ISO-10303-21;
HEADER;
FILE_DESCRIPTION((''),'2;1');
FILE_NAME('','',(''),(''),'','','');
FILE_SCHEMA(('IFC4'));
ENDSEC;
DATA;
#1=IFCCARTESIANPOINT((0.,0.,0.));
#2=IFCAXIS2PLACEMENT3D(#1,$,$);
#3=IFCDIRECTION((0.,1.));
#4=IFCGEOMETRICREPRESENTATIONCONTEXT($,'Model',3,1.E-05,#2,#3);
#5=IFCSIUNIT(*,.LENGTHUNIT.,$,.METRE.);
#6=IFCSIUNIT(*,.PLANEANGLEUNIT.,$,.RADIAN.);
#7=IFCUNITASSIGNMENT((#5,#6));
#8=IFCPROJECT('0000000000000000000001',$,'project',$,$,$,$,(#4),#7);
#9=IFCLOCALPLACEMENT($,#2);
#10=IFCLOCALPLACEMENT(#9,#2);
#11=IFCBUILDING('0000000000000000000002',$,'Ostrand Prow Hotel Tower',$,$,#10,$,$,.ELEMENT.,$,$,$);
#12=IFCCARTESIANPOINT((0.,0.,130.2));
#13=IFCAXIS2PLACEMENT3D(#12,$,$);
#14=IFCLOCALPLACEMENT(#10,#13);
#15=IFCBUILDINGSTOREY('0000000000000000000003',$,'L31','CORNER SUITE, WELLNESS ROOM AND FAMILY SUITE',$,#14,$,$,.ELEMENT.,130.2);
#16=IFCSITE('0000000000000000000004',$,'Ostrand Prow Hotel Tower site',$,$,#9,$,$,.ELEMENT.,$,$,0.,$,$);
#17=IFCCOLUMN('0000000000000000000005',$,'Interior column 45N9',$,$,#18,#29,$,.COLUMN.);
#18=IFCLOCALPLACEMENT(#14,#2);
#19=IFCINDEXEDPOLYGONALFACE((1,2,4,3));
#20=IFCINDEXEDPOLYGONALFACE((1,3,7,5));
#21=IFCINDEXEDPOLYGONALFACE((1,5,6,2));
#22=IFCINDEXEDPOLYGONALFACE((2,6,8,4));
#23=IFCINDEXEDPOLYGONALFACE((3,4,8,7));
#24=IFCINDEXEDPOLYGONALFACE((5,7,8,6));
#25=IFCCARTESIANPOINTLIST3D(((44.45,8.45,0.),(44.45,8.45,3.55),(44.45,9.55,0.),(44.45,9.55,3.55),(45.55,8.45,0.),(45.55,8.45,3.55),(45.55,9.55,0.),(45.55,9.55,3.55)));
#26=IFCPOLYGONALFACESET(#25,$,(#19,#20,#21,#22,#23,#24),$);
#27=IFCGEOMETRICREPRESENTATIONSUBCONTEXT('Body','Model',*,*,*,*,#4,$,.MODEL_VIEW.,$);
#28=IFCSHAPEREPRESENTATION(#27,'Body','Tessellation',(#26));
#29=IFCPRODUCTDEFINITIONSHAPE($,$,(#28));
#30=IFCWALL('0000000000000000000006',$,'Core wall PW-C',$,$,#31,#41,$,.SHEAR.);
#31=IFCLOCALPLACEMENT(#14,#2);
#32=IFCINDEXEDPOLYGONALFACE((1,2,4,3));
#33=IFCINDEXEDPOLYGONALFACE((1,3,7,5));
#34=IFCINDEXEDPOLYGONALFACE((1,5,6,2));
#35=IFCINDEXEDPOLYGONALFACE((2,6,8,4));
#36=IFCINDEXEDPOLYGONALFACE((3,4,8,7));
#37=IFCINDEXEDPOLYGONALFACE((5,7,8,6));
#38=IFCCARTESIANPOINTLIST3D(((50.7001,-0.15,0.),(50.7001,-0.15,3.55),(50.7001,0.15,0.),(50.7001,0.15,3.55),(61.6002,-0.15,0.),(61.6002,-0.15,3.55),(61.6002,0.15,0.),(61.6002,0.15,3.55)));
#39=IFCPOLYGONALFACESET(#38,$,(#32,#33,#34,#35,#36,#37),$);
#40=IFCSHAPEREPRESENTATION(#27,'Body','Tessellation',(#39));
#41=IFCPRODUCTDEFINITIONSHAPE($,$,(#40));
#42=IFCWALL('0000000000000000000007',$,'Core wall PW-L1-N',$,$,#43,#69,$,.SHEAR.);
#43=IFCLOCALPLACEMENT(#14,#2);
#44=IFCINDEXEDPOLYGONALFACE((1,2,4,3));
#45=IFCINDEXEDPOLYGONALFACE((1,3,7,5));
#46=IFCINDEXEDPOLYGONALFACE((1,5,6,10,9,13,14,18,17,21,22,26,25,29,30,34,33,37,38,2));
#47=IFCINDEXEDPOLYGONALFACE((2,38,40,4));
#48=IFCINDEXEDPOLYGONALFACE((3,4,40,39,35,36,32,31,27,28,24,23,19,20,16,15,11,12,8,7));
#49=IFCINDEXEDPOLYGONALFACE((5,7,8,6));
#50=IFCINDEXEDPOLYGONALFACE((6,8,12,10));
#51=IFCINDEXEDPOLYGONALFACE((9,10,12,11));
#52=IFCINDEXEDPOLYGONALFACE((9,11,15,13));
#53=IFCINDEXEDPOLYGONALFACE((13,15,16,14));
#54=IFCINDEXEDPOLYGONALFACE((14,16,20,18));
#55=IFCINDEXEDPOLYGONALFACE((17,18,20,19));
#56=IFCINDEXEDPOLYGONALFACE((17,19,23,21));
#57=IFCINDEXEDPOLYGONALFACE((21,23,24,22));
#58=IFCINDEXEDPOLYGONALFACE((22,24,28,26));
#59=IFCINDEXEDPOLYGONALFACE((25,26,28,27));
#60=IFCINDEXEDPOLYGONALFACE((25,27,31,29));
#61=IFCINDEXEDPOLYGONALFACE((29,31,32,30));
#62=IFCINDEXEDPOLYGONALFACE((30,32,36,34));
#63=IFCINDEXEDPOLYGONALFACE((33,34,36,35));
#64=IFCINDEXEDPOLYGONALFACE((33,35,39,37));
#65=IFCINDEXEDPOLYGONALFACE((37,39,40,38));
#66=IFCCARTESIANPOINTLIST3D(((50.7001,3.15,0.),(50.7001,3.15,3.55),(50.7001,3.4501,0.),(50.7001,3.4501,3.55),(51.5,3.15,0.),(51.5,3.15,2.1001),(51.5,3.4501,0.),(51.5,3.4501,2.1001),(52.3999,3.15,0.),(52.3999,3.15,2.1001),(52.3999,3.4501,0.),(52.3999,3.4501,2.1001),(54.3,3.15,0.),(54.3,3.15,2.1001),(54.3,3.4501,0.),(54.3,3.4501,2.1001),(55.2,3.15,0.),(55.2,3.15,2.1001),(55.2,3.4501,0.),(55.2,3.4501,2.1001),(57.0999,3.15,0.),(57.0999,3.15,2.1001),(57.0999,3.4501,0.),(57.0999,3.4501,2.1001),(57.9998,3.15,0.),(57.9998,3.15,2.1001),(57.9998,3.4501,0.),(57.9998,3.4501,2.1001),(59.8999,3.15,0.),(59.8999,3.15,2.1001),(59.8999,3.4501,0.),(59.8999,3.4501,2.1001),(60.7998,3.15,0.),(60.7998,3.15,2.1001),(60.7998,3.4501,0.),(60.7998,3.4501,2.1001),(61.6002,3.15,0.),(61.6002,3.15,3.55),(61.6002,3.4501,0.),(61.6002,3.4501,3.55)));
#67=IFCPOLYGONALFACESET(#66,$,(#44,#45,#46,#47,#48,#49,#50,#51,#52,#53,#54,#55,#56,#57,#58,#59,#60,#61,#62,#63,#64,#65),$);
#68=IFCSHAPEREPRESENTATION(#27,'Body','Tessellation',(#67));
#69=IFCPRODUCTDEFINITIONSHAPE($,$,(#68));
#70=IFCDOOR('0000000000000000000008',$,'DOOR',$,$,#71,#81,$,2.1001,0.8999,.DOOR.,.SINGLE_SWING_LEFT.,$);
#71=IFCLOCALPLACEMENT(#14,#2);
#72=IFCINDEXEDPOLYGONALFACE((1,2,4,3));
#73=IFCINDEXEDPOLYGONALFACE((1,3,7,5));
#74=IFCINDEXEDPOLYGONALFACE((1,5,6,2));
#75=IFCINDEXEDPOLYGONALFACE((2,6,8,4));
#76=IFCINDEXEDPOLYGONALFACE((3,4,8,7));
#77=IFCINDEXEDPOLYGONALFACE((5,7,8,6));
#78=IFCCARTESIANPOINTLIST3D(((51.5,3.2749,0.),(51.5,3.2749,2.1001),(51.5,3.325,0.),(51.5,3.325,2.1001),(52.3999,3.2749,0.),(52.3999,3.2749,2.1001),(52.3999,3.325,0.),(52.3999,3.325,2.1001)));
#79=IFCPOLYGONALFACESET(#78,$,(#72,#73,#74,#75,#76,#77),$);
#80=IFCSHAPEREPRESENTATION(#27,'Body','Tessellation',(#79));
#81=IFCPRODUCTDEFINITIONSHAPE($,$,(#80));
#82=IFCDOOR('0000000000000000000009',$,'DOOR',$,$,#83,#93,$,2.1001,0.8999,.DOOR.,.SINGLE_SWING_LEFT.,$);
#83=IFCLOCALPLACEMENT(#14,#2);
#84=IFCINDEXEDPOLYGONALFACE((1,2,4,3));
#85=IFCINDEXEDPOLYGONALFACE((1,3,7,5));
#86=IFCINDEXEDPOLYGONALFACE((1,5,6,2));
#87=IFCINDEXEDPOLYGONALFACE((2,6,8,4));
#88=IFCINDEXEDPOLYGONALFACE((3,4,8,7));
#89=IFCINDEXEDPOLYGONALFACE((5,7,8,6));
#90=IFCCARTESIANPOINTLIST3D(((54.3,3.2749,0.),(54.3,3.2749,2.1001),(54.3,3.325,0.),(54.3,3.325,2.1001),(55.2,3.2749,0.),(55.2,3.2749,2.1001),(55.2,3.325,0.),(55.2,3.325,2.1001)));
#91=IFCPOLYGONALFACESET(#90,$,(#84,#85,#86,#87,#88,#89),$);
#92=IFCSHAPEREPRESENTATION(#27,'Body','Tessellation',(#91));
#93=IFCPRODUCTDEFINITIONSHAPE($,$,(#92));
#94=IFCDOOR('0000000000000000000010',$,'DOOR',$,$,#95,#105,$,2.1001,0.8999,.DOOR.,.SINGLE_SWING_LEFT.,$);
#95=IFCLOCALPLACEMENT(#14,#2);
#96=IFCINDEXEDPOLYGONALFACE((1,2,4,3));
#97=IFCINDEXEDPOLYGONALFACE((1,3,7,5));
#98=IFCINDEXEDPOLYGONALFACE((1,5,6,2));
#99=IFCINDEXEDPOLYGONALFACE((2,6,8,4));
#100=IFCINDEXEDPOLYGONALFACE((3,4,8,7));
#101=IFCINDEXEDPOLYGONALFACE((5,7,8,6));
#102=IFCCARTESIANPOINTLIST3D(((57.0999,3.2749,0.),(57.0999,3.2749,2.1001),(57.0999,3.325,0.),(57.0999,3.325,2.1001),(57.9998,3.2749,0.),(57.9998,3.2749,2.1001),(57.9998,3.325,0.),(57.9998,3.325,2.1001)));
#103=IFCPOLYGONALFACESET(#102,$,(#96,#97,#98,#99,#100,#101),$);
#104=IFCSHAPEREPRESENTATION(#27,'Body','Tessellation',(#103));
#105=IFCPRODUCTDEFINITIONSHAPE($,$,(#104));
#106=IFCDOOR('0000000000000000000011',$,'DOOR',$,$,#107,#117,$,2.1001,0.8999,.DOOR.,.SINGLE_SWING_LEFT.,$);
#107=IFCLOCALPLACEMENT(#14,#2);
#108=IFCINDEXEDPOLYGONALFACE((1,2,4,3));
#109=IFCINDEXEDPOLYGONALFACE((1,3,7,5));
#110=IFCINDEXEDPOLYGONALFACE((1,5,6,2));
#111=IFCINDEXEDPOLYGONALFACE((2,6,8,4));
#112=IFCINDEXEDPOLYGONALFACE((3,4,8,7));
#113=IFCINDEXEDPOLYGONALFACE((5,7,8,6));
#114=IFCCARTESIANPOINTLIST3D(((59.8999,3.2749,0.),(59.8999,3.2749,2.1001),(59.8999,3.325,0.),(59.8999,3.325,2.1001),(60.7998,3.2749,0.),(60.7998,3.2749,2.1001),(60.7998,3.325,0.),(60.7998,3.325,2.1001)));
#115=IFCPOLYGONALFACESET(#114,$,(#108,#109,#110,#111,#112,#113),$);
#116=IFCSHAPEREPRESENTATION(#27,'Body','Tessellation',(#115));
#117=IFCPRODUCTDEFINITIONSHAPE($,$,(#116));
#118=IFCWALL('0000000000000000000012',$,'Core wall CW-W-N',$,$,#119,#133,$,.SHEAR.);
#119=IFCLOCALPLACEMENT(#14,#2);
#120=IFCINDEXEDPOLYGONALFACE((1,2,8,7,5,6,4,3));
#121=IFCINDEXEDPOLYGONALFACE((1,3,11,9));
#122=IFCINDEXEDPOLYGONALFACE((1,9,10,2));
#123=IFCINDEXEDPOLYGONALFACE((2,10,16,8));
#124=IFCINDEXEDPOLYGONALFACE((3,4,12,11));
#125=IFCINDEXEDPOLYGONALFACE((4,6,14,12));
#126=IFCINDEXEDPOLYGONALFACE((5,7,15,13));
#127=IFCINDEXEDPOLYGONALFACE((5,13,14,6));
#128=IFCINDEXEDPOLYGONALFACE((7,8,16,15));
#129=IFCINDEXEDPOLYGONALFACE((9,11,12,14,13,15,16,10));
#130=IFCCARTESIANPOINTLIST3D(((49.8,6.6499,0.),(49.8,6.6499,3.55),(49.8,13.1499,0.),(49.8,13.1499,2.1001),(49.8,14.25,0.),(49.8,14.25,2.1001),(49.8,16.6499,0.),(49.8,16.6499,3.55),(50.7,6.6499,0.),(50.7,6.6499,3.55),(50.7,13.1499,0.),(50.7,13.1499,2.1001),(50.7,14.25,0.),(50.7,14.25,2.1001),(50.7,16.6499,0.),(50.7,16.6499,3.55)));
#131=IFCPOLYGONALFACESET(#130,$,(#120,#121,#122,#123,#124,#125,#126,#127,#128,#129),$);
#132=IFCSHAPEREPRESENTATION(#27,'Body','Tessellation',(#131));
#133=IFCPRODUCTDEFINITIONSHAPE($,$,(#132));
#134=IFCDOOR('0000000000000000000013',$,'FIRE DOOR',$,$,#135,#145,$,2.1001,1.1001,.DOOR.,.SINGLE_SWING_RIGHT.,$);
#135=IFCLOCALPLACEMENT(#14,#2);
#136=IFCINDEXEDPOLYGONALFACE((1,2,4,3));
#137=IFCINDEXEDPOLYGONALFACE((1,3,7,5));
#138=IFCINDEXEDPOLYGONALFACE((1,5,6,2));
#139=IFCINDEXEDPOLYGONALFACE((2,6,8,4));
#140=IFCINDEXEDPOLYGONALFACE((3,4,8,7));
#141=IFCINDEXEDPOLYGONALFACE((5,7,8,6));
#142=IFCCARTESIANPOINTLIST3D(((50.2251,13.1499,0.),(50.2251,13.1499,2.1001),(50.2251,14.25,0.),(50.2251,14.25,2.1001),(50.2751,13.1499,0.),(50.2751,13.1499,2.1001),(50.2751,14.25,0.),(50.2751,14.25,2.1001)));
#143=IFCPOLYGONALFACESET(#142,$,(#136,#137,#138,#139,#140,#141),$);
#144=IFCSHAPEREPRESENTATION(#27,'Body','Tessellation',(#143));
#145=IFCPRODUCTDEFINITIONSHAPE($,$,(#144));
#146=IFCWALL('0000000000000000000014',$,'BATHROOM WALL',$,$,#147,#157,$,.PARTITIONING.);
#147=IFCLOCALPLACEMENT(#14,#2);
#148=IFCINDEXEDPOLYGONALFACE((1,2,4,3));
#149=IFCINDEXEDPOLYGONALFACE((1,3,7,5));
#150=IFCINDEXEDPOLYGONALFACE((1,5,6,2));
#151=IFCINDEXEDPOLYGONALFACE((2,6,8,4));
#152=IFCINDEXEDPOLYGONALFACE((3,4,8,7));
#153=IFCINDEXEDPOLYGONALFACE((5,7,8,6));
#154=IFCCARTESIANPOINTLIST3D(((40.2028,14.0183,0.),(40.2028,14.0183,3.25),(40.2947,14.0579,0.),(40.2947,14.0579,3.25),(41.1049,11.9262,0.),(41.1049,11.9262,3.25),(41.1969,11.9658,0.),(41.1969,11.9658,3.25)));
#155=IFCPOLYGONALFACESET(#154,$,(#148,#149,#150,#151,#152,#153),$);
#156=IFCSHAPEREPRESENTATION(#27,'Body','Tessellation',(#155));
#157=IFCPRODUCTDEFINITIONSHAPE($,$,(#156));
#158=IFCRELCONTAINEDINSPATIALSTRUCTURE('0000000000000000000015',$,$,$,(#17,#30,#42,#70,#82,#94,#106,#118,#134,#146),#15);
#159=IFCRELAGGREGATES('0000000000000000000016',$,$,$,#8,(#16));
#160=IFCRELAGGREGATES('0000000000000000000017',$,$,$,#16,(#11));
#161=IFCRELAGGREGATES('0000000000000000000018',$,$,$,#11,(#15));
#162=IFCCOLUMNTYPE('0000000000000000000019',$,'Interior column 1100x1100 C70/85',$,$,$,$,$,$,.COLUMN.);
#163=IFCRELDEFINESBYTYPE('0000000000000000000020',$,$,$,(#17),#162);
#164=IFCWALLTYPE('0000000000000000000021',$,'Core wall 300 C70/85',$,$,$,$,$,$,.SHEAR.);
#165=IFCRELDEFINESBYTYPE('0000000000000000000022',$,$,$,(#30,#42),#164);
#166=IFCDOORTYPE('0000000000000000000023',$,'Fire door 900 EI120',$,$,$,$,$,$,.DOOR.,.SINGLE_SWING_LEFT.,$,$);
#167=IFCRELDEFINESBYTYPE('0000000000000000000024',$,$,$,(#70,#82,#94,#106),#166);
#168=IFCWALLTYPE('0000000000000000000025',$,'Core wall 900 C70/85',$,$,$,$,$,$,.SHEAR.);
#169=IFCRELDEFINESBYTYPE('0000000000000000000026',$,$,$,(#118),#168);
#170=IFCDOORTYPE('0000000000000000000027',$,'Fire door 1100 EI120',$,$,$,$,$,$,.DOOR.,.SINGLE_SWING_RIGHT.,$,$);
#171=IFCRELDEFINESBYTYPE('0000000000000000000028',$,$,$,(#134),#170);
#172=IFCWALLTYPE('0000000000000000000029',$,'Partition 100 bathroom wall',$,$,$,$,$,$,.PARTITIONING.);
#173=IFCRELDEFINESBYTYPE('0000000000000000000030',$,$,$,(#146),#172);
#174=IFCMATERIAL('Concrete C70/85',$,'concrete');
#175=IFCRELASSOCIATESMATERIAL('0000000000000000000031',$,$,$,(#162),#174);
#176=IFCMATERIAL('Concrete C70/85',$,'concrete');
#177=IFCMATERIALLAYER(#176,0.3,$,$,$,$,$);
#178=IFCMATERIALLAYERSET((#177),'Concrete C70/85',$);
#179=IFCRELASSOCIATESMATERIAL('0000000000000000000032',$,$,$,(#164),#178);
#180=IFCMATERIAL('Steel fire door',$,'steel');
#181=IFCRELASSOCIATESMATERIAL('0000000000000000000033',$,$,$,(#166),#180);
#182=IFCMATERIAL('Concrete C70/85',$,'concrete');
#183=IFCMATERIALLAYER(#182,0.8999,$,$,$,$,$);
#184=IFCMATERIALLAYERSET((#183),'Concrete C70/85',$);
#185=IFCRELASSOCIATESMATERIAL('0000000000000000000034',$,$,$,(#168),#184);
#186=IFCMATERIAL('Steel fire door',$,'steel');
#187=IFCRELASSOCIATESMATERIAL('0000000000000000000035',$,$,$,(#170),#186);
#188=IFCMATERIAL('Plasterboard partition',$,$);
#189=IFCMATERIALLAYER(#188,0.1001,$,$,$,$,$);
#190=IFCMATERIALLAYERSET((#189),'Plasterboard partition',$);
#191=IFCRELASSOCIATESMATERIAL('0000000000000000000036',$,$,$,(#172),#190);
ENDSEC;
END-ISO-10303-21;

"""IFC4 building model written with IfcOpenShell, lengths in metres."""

from ifc_helpers import new_model, si_unit, direction, frame, frame_2d, origin, origin_2d, place, context, subcontext, project, spatial, rectangle, extrude, material, layer, layer_set, material_profile, profile_set, type_object, element, fill, save


model = new_model("IFC4")

# Units and contexts
model_context = context("Model", 3, precision=1e-05, world=origin(), true_north=direction((0.0, 1.0)))
body_context = subcontext(model_context, "Body", "Model", "MODEL_VIEW")
ifc_project = project(units=[si_unit("LENGTHUNIT", "METRE"), si_unit("PLANEANGLEUNIT", "RADIAN")], contexts=[model_context])

# Site, building, storey
site_placement = place(None, origin())
site = spatial("IfcSite", under=ifc_project, at=site_placement, Name="Ostrand Prow Hotel Tower site", CompositionType="ELEMENT", RefElevation=0.0)
building_placement = place(site_placement, origin())
building = spatial("IfcBuilding", under=site, at=building_placement, Name="Ostrand Prow Hotel Tower", CompositionType="ELEMENT")
storey_placement = place(building_placement, frame((0.0, 0.0, 130.2)))
storey = spatial("IfcBuildingStorey", under=building, at=storey_placement, Name="L31", Description="CORNER SUITE, WELLNESS ROOM AND FAMILY SUITE", CompositionType="ELEMENT", Elevation=130.2)

# Column
ifc_material_1 = material(Name="Concrete C70/85", Category="concrete")
ifc_material_profile = material_profile(ifc_material_1, rectangle(XDim=1.1001, YDim=1.1001, at=origin_2d()), Name="RC 1100x1100")
ifc_profile_set = profile_set([ifc_material_profile], Name="Concrete C70/85")
column_type = type_object("IfcColumnType", Name="Interior column 1100x1100 C70/85", PredefinedType="COLUMN", material=ifc_profile_set)
column_placement = place(storey_placement, frame((45.0, 9.0, 0.0), z_axis=(0.0, 0.0, 1.0), x_axis=(1.0, 0.0, 0.0)))
element("IfcColumn", 1, at=column_placement, inside=storey, type_object=column_type, Name="Interior column 45N9", PredefinedType="COLUMN", context=body_context, shape_type="SweptSolid", body=[
    extrude(rectangle(XDim=1.1001, YDim=1.1001, at=origin_2d()), origin(), (0.0, 0.0, 1.0), 3.55),
])

# Wall
ifc_material_2 = material(Name="Concrete C70/85", Category="concrete")
ifc_layer_1 = layer(ifc_material_2, 0.3)
ifc_layer_set_1 = layer_set([ifc_layer_1], Name="Concrete C70/85")
wall_type_1 = type_object("IfcWallType", Name="Core wall 300 C70/85", PredefinedType="SHEAR", material=ifc_layer_set_1)
wall_1_placement = place(storey_placement, frame((50.7, 0.0, 0.0), z_axis=(0.0, 0.0, 1.0), x_axis=(1.0, 0.0, 0.0)))
element("IfcWall", 2, at=wall_1_placement, inside=storey, type_object=wall_type_1, Name="Core wall PW-C", PredefinedType="SHEAR", context=body_context, shape_type="SweptSolid", body=[
    extrude(rectangle(XDim=10.9001, YDim=0.3, at=frame_2d((5.4502, 0.0))), origin(), (0.0, 0.0, 1.0), 3.55),
])

# Wall, openings, doors
wall_2_placement = place(storey_placement, frame((50.7, 3.3, 0.0), z_axis=(0.0, 0.0, 1.0), x_axis=(1.0, 0.0, 0.0)))
wall_2 = element("IfcWall", 3, at=wall_2_placement, inside=storey, type_object=wall_type_1, Name="Core wall PW-L1-N", PredefinedType="SHEAR", context=body_context, shape_type="SweptSolid", body=[
    extrude(rectangle(XDim=10.9001, YDim=0.3, at=frame_2d((5.4502, 0.0))), origin(), (0.0, 0.0, 1.0), 3.55),
])
opening_1_placement = place(wall_2_placement, frame((0.8, 0.0, 0.0)))
opening_1 = element("IfcOpeningElement", 4, at=opening_1_placement, cuts=wall_2, PredefinedType="OPENING", context=body_context, shape_type="SweptSolid", body=[
    extrude(rectangle(XDim=0.8999, YDim=2.1001, at=frame_2d((0.45, 1.05))), frame((0.0, 0.1599, 0.0), z_axis=(0.0, -1.0, 0.0), x_axis=(1.0, 0.0, 0.0)), (0.0, 0.0, 1.0), 0.3201),
])
opening_2_placement = place(wall_2_placement, frame((3.6001, 0.0, 0.0)))
opening_2 = element("IfcOpeningElement", 5, at=opening_2_placement, cuts=wall_2, PredefinedType="OPENING", context=body_context, shape_type="SweptSolid", body=[
    extrude(rectangle(XDim=0.8999, YDim=2.1001, at=frame_2d((0.45, 1.05))), frame((0.0, 0.1599, 0.0), z_axis=(0.0, -1.0, 0.0), x_axis=(1.0, 0.0, 0.0)), (0.0, 0.0, 1.0), 0.3201),
])
opening_3_placement = place(wall_2_placement, frame((6.3999, 0.0, 0.0)))
opening_3 = element("IfcOpeningElement", 6, at=opening_3_placement, cuts=wall_2, PredefinedType="OPENING", context=body_context, shape_type="SweptSolid", body=[
    extrude(rectangle(XDim=0.8999, YDim=2.1001, at=frame_2d((0.45, 1.05))), frame((0.0, 0.1599, 0.0), z_axis=(0.0, -1.0, 0.0), x_axis=(1.0, 0.0, 0.0)), (0.0, 0.0, 1.0), 0.3201),
])
opening_4_placement = place(wall_2_placement, frame((9.2, 0.0, 0.0)))
opening_4 = element("IfcOpeningElement", 7, at=opening_4_placement, cuts=wall_2, PredefinedType="OPENING", context=body_context, shape_type="SweptSolid", body=[
    extrude(rectangle(XDim=0.8999, YDim=2.1001, at=frame_2d((0.45, 1.05))), frame((0.0, 0.1599, 0.0), z_axis=(0.0, -1.0, 0.0), x_axis=(1.0, 0.0, 0.0)), (0.0, 0.0, 1.0), 0.3201),
])
ifc_material_3 = material(Name="Steel fire door", Category="steel")
door_type_1 = type_object("IfcDoorType", Name="Fire door 900 EI120", OperationType="SINGLE_SWING_LEFT", PredefinedType="DOOR", material=ifc_material_3)
door_1_placement = place(opening_1_placement, origin())
door_1 = element("IfcDoor", 8, at=door_1_placement, inside=storey, type_object=door_type_1, Name="DOOR", OperationType="SINGLE_SWING_LEFT", OverallHeight=2.1001, OverallWidth=0.8999, PredefinedType="DOOR", context=body_context, shape_type="SweptSolid", body=[
    extrude(rectangle(XDim=0.8999, YDim=2.1001, at=frame_2d((0.45, 1.05))), frame((0.0, 0.0249, 0.0), z_axis=(0.0, -1.0, 0.0), x_axis=(1.0, 0.0, 0.0)), (0.0, 0.0, 1.0), 0.05),
])
fill(opening_1, door_1)
door_2_placement = place(opening_2_placement, origin())
door_2 = element("IfcDoor", 9, at=door_2_placement, inside=storey, type_object=door_type_1, Name="DOOR", OperationType="SINGLE_SWING_LEFT", OverallHeight=2.1001, OverallWidth=0.8999, PredefinedType="DOOR", context=body_context, shape_type="SweptSolid", body=[
    extrude(rectangle(XDim=0.8999, YDim=2.1001, at=frame_2d((0.45, 1.05))), frame((0.0, 0.0249, 0.0), z_axis=(0.0, -1.0, 0.0), x_axis=(1.0, 0.0, 0.0)), (0.0, 0.0, 1.0), 0.05),
])
fill(opening_2, door_2)
door_3_placement = place(opening_3_placement, origin())
door_3 = element("IfcDoor", 10, at=door_3_placement, inside=storey, type_object=door_type_1, Name="DOOR", OperationType="SINGLE_SWING_LEFT", OverallHeight=2.1001, OverallWidth=0.8999, PredefinedType="DOOR", context=body_context, shape_type="SweptSolid", body=[
    extrude(rectangle(XDim=0.8999, YDim=2.1001, at=frame_2d((0.45, 1.05))), frame((0.0, 0.0249, 0.0), z_axis=(0.0, -1.0, 0.0), x_axis=(1.0, 0.0, 0.0)), (0.0, 0.0, 1.0), 0.05),
])
fill(opening_3, door_3)
door_4_placement = place(opening_4_placement, origin())
door_4 = element("IfcDoor", 11, at=door_4_placement, inside=storey, type_object=door_type_1, Name="DOOR", OperationType="SINGLE_SWING_LEFT", OverallHeight=2.1001, OverallWidth=0.8999, PredefinedType="DOOR", context=body_context, shape_type="SweptSolid", body=[
    extrude(rectangle(XDim=0.8999, YDim=2.1001, at=frame_2d((0.45, 1.05))), frame((0.0, 0.0249, 0.0), z_axis=(0.0, -1.0, 0.0), x_axis=(1.0, 0.0, 0.0)), (0.0, 0.0, 1.0), 0.05),
])
fill(opening_4, door_4)

# Wall, opening, door
ifc_material_4 = material(Name="Concrete C70/85", Category="concrete")
ifc_layer_2 = layer(ifc_material_4, 0.8999)
ifc_layer_set_2 = layer_set([ifc_layer_2], Name="Concrete C70/85")
wall_type_2 = type_object("IfcWallType", Name="Core wall 900 C70/85", PredefinedType="SHEAR", material=ifc_layer_set_2)
wall_3_placement = place(storey_placement, frame((50.25, 6.6499, 0.0), z_axis=(0.0, 0.0, 1.0), x_axis=(0.0, 1.0, 0.0)))
wall_3 = element("IfcWall", 12, at=wall_3_placement, inside=storey, type_object=wall_type_2, Name="Core wall CW-W-N", PredefinedType="SHEAR", context=body_context, shape_type="SweptSolid", body=[
    extrude(rectangle(XDim=10.0, YDim=0.8999, at=frame_2d((5.0, 0.0))), origin(), (0.0, 0.0, 1.0), 3.55),
])
opening_5_placement = place(wall_3_placement, frame((6.5, 0.0, 0.0)))
opening_5 = element("IfcOpeningElement", 13, at=opening_5_placement, cuts=wall_3, PredefinedType="OPENING", context=body_context, shape_type="SweptSolid", body=[
    extrude(rectangle(XDim=1.1001, YDim=2.1001, at=frame_2d((0.55, 1.05))), frame((0.0, 0.46, 0.0), z_axis=(0.0, -1.0, 0.0), x_axis=(1.0, 0.0, 0.0)), (0.0, 0.0, 1.0), 0.9199),
])
ifc_material_5 = material(Name="Steel fire door", Category="steel")
door_type_2 = type_object("IfcDoorType", Name="Fire door 1100 EI120", OperationType="SINGLE_SWING_RIGHT", PredefinedType="DOOR", material=ifc_material_5)
door_5_placement = place(opening_5_placement, origin())
door_5 = element("IfcDoor", 14, at=door_5_placement, inside=storey, type_object=door_type_2, Name="FIRE DOOR", OperationType="SINGLE_SWING_RIGHT", OverallHeight=2.1001, OverallWidth=1.1001, PredefinedType="DOOR", context=body_context, shape_type="SweptSolid", body=[
    extrude(rectangle(XDim=1.1001, YDim=2.1001, at=frame_2d((0.55, 1.05))), frame((0.0, 0.0249, 0.0), z_axis=(0.0, -1.0, 0.0), x_axis=(1.0, 0.0, 0.0)), (0.0, 0.0, 1.0), 0.05),
])
fill(opening_5, door_5)

# Wall
ifc_material_6 = material(Name="Plasterboard partition")
ifc_layer_3 = layer(ifc_material_6, 0.1001)
ifc_layer_set_3 = layer_set([ifc_layer_3], Name="Plasterboard partition")
wall_type_3 = type_object("IfcWallType", Name="Partition 100 bathroom wall", PredefinedType="PARTITIONING", material=ifc_layer_set_3)
wall_4_placement = place(storey_placement, frame((40.2488, 14.0381, 0.0), z_axis=(0.0, 0.0, 1.0), x_axis=(0.395962, -0.918267, 0.0)))
element("IfcWall", 15, at=wall_4_placement, inside=storey, type_object=wall_type_3, Name="BATHROOM WALL", PredefinedType="PARTITIONING", context=body_context, shape_type="SweptSolid", body=[
    extrude(rectangle(XDim=2.2783, YDim=0.1001, at=frame_2d((1.1392, 0.0))), origin(), (0.0, 0.0, 1.0), 3.25),
])

save(model, "model.ifc")
